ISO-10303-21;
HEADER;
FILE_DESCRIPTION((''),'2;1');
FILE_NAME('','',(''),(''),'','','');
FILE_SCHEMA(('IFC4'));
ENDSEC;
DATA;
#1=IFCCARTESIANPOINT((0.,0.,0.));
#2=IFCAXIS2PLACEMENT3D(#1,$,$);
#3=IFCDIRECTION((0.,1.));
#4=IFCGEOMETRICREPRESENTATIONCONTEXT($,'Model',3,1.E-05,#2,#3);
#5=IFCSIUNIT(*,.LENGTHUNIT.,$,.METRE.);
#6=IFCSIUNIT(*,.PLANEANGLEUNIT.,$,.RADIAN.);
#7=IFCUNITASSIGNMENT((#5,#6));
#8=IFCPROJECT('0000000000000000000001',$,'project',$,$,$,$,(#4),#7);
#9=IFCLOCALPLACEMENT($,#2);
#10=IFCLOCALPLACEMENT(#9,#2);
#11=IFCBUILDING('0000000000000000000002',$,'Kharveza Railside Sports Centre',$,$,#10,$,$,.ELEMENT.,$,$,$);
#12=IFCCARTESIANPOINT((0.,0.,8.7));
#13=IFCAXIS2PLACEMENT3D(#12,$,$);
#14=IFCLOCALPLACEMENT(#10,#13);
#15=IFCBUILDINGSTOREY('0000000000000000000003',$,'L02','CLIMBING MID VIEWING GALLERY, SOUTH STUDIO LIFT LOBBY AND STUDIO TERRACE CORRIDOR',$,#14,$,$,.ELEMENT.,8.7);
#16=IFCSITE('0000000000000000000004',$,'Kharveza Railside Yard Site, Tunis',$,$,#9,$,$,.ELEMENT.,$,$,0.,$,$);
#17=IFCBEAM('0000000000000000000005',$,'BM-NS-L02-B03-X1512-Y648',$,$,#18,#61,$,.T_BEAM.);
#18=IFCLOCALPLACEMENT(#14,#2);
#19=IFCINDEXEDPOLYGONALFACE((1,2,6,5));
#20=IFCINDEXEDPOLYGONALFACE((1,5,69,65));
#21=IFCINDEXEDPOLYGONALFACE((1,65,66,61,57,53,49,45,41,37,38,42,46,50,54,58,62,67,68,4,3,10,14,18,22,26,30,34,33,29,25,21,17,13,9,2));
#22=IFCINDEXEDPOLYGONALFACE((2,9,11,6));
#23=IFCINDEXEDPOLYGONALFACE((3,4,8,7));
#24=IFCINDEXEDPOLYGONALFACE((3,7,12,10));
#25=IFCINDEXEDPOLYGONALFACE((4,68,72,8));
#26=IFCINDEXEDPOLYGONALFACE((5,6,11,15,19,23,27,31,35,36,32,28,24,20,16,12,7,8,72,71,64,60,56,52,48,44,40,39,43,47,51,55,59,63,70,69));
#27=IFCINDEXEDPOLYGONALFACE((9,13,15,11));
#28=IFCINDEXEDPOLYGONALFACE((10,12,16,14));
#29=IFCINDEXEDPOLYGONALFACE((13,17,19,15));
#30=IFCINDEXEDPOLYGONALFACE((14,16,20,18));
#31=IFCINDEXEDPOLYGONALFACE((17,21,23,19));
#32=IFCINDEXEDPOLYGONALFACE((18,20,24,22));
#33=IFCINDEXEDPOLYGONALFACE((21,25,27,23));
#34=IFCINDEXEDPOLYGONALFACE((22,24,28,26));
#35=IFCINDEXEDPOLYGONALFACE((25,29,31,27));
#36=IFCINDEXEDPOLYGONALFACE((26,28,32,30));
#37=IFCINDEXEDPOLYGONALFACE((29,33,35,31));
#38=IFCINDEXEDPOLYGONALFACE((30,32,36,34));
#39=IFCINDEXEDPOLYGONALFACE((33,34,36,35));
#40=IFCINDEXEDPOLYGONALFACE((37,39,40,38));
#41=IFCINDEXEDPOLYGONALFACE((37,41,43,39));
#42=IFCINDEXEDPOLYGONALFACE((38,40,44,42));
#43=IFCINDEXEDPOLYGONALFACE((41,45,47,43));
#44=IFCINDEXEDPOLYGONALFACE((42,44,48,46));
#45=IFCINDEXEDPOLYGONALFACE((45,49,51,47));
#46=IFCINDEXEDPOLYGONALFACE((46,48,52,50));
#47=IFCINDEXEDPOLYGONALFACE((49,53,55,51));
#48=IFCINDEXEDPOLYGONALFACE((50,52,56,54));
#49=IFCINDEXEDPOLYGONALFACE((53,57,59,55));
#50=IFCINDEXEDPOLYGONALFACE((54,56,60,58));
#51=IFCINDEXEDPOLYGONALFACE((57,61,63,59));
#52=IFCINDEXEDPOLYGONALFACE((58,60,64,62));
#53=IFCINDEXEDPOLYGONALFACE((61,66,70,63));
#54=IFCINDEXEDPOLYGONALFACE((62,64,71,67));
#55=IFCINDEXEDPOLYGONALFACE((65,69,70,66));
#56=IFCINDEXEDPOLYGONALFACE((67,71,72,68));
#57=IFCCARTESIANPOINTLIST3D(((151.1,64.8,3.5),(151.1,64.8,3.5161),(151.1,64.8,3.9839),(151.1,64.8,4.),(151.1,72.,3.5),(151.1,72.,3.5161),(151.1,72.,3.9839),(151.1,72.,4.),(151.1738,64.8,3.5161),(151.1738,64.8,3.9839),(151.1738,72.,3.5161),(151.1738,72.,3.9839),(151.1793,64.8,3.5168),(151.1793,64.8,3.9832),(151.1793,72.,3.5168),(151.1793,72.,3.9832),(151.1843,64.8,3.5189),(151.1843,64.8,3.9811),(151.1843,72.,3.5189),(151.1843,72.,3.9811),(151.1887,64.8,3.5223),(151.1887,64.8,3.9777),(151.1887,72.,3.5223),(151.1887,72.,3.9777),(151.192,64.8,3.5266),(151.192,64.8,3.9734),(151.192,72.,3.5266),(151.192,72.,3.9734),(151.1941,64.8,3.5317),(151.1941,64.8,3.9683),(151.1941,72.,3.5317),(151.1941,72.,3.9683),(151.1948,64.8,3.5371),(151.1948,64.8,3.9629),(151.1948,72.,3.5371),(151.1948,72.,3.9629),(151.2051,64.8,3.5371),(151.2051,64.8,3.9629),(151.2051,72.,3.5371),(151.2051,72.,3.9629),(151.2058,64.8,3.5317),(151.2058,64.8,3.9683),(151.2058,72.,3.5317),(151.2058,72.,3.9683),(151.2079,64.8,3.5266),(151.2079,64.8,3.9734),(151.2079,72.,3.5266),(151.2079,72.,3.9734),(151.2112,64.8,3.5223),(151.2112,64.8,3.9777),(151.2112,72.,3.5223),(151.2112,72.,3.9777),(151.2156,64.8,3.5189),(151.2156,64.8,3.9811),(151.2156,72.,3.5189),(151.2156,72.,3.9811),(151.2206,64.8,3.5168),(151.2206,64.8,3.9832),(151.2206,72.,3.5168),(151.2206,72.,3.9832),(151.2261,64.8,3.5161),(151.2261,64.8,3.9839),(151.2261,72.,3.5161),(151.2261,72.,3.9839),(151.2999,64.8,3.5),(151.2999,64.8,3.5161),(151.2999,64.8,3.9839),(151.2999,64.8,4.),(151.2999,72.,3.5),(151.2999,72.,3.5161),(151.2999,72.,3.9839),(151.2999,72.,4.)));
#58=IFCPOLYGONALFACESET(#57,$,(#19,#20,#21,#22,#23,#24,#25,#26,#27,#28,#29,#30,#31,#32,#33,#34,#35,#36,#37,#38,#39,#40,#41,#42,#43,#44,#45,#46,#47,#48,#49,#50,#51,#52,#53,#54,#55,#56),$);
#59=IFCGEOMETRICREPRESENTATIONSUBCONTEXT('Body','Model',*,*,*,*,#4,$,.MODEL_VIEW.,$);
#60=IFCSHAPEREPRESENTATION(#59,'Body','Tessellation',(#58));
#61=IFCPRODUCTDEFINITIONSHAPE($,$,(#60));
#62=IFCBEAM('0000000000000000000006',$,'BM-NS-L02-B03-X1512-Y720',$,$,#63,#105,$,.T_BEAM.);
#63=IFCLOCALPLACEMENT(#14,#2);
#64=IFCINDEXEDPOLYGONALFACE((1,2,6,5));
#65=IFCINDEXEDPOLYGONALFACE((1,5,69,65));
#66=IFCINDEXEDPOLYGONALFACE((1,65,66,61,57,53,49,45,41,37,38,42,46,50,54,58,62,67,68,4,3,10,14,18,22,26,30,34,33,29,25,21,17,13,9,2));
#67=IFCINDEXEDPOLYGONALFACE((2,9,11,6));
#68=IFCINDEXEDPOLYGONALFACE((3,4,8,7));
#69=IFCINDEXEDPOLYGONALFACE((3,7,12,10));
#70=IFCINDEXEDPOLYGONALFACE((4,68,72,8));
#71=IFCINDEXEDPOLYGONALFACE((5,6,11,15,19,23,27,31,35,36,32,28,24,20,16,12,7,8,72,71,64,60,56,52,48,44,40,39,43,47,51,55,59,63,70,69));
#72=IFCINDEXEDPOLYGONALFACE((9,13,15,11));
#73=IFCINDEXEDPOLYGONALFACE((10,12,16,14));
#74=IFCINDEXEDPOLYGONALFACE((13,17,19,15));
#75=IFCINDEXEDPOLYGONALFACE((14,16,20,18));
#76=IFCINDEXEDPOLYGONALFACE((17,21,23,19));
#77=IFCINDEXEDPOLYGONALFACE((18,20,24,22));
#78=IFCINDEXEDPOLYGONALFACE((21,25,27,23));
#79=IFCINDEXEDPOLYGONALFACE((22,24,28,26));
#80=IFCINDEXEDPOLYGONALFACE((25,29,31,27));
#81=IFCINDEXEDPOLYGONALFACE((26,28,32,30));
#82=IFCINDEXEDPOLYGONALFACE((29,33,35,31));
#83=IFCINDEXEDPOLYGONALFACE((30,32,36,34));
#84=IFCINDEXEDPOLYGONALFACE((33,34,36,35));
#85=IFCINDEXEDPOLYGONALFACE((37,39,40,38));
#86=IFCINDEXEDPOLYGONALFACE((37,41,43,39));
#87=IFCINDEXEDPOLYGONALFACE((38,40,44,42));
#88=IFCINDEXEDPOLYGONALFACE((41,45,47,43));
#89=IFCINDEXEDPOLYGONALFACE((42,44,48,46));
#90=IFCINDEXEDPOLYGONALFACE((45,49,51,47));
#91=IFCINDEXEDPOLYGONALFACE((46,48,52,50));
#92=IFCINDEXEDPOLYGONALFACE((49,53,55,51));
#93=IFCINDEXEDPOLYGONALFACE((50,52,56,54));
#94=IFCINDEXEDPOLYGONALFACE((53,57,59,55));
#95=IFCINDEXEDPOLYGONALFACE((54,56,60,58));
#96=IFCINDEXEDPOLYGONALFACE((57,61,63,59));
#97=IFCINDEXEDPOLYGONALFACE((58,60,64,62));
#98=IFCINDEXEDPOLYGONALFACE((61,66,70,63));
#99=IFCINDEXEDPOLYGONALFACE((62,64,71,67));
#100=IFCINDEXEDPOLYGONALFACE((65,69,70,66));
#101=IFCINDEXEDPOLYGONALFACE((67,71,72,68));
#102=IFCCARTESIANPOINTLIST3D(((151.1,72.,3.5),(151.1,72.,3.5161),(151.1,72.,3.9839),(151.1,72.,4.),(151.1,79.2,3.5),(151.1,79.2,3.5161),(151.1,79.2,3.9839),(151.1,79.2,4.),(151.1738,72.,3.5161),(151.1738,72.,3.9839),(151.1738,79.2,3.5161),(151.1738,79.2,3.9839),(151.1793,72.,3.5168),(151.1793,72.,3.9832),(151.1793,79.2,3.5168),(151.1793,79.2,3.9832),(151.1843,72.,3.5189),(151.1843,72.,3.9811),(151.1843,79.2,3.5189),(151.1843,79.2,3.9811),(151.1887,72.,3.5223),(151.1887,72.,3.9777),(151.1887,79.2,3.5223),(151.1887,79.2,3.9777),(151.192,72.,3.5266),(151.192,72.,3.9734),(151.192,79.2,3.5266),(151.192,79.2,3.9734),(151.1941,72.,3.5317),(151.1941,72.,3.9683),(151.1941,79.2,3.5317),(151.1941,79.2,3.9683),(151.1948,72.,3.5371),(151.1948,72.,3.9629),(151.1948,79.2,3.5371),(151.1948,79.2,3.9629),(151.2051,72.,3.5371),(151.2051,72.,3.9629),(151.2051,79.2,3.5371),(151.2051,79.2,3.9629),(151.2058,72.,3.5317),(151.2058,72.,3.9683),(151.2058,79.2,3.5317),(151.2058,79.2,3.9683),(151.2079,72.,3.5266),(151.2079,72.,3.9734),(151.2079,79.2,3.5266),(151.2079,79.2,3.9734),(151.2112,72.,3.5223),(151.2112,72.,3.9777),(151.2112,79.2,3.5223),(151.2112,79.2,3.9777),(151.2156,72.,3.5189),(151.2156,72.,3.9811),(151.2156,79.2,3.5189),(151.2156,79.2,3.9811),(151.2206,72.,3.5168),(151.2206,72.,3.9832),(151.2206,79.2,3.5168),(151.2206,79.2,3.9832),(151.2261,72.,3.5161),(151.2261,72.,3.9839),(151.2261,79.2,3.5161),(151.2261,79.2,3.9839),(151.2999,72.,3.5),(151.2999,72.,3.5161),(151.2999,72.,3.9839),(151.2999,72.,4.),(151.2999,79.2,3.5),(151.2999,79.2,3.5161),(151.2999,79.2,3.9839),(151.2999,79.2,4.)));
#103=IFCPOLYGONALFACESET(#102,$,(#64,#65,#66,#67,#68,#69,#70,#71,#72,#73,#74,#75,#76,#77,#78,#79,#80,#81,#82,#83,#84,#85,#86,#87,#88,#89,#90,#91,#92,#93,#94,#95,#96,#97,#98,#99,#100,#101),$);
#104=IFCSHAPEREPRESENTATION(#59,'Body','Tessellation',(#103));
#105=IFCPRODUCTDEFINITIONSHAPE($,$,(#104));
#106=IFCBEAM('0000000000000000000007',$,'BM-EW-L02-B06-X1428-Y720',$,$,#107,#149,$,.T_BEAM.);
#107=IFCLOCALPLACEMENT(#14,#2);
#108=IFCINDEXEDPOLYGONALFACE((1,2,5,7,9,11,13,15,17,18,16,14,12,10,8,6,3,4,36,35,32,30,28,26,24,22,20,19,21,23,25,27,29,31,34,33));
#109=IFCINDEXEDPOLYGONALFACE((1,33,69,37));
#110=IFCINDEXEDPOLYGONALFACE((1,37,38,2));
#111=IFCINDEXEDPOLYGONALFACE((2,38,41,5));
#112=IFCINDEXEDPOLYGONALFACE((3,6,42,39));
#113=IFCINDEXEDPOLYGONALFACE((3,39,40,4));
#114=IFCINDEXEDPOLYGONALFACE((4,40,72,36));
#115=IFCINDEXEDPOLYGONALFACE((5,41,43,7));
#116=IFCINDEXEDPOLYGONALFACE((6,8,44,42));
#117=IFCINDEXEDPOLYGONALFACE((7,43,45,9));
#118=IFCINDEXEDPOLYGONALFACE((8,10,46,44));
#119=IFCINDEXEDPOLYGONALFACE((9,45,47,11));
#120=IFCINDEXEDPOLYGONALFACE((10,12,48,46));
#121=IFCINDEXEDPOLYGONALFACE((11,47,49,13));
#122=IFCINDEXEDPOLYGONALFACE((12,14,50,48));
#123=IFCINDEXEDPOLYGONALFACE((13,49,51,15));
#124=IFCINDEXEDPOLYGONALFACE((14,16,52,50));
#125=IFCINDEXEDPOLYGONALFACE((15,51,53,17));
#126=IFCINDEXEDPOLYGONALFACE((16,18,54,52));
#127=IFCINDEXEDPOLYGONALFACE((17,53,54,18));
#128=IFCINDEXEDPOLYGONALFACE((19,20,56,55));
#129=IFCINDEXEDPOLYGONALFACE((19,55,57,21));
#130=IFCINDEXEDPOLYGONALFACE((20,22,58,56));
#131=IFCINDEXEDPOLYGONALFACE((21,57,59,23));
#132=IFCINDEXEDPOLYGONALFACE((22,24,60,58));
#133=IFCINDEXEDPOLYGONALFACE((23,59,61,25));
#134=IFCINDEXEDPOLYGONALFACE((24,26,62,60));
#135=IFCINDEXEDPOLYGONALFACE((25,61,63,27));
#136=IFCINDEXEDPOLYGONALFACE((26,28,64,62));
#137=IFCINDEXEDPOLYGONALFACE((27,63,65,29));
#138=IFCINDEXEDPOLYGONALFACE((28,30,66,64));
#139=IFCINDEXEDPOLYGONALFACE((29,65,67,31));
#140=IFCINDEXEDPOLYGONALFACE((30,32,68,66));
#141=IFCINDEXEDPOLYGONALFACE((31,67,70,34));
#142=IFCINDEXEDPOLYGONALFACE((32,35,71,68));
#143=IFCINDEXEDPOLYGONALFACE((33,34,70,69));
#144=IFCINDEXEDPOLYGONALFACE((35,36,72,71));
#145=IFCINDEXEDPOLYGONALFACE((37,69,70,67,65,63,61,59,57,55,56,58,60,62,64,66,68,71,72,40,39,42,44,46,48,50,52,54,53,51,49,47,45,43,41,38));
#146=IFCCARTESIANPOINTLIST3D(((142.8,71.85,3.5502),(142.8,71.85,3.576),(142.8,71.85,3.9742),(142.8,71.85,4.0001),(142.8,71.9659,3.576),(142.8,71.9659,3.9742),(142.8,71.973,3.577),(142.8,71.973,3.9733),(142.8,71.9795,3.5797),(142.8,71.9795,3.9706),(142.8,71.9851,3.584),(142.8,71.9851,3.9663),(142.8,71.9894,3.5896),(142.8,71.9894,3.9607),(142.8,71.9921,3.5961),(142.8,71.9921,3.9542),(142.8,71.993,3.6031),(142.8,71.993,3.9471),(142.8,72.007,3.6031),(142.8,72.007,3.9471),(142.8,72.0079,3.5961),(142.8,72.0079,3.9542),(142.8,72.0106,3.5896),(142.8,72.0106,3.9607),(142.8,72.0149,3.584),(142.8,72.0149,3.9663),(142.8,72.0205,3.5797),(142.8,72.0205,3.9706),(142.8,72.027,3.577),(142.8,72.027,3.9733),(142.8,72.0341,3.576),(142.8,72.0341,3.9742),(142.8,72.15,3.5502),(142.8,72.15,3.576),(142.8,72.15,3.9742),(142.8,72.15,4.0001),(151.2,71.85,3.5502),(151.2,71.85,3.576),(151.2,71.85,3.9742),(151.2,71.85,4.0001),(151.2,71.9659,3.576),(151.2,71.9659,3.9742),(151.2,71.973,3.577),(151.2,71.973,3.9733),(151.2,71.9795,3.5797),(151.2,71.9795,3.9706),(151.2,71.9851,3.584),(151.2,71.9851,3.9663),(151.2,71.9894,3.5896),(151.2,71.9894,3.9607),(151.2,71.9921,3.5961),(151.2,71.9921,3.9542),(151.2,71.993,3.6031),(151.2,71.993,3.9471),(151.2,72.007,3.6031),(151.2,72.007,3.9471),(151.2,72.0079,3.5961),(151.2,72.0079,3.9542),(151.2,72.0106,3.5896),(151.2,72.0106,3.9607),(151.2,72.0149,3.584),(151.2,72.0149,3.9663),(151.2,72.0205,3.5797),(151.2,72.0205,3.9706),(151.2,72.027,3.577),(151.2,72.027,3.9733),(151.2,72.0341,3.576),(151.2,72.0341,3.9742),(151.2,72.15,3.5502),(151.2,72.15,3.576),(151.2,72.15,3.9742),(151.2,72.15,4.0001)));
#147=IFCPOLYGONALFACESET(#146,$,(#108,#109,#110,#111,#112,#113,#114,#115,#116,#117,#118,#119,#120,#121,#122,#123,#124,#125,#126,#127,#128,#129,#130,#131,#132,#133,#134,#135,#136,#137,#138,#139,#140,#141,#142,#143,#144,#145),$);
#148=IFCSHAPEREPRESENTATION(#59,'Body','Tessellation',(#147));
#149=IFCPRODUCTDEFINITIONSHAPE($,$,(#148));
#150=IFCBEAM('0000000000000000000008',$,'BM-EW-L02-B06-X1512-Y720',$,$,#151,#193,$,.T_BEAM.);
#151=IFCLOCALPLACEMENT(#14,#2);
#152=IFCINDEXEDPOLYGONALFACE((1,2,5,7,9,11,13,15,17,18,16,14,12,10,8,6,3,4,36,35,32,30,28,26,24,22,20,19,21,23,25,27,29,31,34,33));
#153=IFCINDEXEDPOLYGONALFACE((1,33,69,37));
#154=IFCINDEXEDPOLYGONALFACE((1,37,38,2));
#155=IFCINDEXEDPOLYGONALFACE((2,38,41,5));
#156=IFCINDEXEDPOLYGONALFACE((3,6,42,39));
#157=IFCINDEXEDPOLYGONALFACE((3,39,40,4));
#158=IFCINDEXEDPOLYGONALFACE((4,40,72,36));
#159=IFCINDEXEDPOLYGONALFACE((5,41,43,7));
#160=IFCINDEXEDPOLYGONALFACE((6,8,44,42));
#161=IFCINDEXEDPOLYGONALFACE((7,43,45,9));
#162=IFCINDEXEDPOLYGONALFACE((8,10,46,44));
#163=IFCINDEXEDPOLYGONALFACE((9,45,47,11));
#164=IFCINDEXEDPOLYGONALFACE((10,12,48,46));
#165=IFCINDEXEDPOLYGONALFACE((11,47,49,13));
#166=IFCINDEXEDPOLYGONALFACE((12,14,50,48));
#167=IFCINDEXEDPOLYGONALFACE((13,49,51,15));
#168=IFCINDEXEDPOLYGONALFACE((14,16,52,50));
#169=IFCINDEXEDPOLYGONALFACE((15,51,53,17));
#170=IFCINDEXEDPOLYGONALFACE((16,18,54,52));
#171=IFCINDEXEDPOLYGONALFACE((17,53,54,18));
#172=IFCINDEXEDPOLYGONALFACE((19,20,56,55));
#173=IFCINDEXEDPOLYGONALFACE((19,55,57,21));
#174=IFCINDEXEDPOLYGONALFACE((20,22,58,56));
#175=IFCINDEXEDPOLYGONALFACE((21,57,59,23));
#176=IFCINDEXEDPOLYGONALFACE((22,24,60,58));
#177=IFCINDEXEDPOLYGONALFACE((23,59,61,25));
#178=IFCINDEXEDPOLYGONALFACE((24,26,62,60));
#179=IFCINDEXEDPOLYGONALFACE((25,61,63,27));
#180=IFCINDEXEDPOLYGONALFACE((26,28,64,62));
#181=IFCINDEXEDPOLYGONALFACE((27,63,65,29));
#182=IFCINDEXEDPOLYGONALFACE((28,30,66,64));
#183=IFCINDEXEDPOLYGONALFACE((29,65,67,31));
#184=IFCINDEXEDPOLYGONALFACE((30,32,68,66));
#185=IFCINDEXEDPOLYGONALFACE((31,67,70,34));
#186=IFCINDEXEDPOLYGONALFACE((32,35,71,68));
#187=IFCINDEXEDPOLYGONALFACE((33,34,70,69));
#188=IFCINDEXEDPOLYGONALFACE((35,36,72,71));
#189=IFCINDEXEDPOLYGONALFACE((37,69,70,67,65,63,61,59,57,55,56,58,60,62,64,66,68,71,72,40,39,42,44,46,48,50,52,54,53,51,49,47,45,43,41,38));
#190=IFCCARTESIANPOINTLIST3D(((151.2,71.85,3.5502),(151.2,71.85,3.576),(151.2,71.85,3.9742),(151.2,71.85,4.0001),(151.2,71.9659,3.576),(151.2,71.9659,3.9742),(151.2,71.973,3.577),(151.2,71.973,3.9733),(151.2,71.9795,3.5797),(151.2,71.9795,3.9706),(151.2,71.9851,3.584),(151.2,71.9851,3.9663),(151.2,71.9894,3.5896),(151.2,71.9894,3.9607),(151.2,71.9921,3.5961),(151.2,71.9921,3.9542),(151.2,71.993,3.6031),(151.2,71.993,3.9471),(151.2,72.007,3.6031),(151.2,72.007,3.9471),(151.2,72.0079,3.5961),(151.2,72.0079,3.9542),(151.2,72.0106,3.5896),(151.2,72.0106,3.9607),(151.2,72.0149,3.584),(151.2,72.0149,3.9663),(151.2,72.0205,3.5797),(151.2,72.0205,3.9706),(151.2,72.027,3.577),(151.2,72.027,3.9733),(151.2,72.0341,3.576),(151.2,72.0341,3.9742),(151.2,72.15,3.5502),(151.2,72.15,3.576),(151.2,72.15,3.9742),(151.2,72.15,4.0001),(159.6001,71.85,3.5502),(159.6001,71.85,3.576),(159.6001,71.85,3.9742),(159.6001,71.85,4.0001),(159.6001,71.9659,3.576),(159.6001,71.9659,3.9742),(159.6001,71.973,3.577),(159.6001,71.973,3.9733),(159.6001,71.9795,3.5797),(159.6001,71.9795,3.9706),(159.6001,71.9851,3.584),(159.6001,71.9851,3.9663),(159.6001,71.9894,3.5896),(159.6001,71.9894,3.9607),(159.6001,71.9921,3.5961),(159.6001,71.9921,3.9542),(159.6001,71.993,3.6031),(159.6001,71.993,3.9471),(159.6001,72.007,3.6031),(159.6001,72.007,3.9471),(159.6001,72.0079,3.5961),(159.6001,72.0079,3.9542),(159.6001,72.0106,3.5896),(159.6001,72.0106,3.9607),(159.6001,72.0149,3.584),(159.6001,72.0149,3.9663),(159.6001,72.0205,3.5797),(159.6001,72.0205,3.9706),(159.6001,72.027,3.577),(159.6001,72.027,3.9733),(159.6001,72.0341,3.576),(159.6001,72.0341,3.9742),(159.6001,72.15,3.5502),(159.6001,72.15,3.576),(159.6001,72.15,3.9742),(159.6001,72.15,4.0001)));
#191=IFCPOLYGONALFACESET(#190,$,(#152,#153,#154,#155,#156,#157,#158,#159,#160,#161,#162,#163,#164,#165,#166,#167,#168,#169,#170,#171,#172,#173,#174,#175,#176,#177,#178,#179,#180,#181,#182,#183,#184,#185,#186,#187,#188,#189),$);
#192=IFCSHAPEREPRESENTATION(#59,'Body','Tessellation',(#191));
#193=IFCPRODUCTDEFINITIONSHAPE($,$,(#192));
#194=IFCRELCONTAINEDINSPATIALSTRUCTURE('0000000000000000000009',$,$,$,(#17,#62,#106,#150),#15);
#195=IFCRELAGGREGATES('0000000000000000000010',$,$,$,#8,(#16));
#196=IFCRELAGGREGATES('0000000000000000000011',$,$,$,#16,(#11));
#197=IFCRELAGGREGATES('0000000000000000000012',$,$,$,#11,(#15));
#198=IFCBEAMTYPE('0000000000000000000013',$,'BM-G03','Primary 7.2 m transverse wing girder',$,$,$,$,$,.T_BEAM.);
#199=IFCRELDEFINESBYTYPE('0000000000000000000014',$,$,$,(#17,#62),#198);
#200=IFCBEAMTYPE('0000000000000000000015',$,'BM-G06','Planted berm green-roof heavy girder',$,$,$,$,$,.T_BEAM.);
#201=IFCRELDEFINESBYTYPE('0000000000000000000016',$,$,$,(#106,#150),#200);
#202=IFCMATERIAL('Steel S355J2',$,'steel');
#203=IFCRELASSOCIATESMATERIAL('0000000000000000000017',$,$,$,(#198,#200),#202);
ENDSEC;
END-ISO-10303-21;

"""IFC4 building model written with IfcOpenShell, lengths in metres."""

from ifc_helpers import new_model, si_unit, direction, frame, origin, origin_2d, place, context, subcontext, project, spatial, i_section, extrude, material, material_profile, profile_set, type_object, element, save


model = new_model("IFC4")

# Units and contexts
model_context = context("Model", 3, precision=1e-05, world=origin(), true_north=direction((0.0, 1.0)))
body_context = subcontext(model_context, "Body", "Model", "MODEL_VIEW")
ifc_project = project(units=[si_unit("LENGTHUNIT", "METRE"), si_unit("PLANEANGLEUNIT", "RADIAN")], contexts=[model_context])

# Site, building, storey
site_placement = place(None, origin())
site = spatial("IfcSite", under=ifc_project, at=site_placement, Name="Kharveza Railside Yard Site, Tunis", CompositionType="ELEMENT", RefElevation=0.0)
building_placement = place(site_placement, origin())
building = spatial("IfcBuilding", under=site, at=building_placement, Name="Kharveza Railside Sports Centre", CompositionType="ELEMENT")
storey_placement = place(building_placement, frame((0.0, 0.0, 8.7)))
storey = spatial("IfcBuildingStorey", under=building, at=storey_placement, Name="L02", Description="CLIMBING MID VIEWING GALLERY, SOUTH STUDIO LIFT LOBBY AND STUDIO TERRACE CORRIDOR", CompositionType="ELEMENT", Elevation=8.7)

# Shared definitions
ifc_material_1 = material(Name="Steel S355J2", Category="steel")

# Beams
ifc_material_profile_1 = material_profile(ifc_material_1, i_section(OverallWidth=0.2, OverallDepth=0.5, WebThickness=0.0103, FlangeThickness=0.0161, FilletRadius=0.021, at=origin_2d()), Name="IPE 500")
ifc_profile_set_1 = profile_set([ifc_material_profile_1], Name="Steel S355J2")
beam_type_1 = type_object("IfcBeamType", Name="BM-G03", Description="Primary 7.2 m transverse wing girder", PredefinedType="T_BEAM", material=ifc_profile_set_1)
for number, where, z_axis, x_axis, name in (
    (1, (151.2, 64.8, 3.75), (0.0, 1.0, 0.0), (-1.0, 0.0, 0.0), "BM-NS-L02-B03-X1512-Y648"),
    (2, (151.2, 72.0, 3.75), (0.0, 1.0, 0.0), (-1.0, 0.0, 0.0), "BM-NS-L02-B03-X1512-Y720"),
):
    element("IfcBeam", number, at=place(storey_placement, frame(where, z_axis=z_axis, x_axis=x_axis)), inside=storey, type_object=beam_type_1, Name=name, PredefinedType="T_BEAM", context=body_context, shape_type="SweptSolid", body=[
        extrude(i_section(OverallWidth=0.2, OverallDepth=0.5, WebThickness=0.0103, FlangeThickness=0.0161, FilletRadius=0.021, at=origin_2d()), origin(), (0.0, 0.0, 1.0), 7.2),
    ])
ifc_material_profile_2 = material_profile(ifc_material_1, i_section(OverallWidth=0.3, OverallDepth=0.45, WebThickness=0.0139, FlangeThickness=0.0259, FilletRadius=0.0271, at=origin_2d()), Name="HEB 450")
ifc_profile_set_2 = profile_set([ifc_material_profile_2], Name="Steel S355J2")
beam_type_2 = type_object("IfcBeamType", Name="BM-G06", Description="Planted berm green-roof heavy girder", PredefinedType="T_BEAM", material=ifc_profile_set_2)
beam_1_placement = place(storey_placement, frame((142.8, 72.0, 3.7751), z_axis=(1.0, 0.0, 0.0), x_axis=(0.0, 1.0, 0.0)))
element("IfcBeam", 3, at=beam_1_placement, inside=storey, type_object=beam_type_2, Name="BM-EW-L02-B06-X1428-Y720", PredefinedType="T_BEAM", context=body_context, shape_type="SweptSolid", body=[
    extrude(i_section(OverallWidth=0.3, OverallDepth=0.45, WebThickness=0.0139, FlangeThickness=0.0259, FilletRadius=0.0271, at=origin_2d()), origin(), (0.0, 0.0, 1.0), 8.3999),
])
beam_2_placement = place(storey_placement, frame((151.2, 72.0, 3.7751), z_axis=(1.0, 0.0, 0.0), x_axis=(0.0, 1.0, 0.0)))
element("IfcBeam", 4, at=beam_2_placement, inside=storey, type_object=beam_type_2, Name="BM-EW-L02-B06-X1512-Y720", PredefinedType="T_BEAM", context=body_context, shape_type="SweptSolid", body=[
    extrude(i_section(OverallWidth=0.3, OverallDepth=0.45, WebThickness=0.0139, FlangeThickness=0.0259, FilletRadius=0.0271, at=origin_2d()), origin(), (0.0, 0.0, 1.0), 8.4001),
])

save(model, "model.ifc")
